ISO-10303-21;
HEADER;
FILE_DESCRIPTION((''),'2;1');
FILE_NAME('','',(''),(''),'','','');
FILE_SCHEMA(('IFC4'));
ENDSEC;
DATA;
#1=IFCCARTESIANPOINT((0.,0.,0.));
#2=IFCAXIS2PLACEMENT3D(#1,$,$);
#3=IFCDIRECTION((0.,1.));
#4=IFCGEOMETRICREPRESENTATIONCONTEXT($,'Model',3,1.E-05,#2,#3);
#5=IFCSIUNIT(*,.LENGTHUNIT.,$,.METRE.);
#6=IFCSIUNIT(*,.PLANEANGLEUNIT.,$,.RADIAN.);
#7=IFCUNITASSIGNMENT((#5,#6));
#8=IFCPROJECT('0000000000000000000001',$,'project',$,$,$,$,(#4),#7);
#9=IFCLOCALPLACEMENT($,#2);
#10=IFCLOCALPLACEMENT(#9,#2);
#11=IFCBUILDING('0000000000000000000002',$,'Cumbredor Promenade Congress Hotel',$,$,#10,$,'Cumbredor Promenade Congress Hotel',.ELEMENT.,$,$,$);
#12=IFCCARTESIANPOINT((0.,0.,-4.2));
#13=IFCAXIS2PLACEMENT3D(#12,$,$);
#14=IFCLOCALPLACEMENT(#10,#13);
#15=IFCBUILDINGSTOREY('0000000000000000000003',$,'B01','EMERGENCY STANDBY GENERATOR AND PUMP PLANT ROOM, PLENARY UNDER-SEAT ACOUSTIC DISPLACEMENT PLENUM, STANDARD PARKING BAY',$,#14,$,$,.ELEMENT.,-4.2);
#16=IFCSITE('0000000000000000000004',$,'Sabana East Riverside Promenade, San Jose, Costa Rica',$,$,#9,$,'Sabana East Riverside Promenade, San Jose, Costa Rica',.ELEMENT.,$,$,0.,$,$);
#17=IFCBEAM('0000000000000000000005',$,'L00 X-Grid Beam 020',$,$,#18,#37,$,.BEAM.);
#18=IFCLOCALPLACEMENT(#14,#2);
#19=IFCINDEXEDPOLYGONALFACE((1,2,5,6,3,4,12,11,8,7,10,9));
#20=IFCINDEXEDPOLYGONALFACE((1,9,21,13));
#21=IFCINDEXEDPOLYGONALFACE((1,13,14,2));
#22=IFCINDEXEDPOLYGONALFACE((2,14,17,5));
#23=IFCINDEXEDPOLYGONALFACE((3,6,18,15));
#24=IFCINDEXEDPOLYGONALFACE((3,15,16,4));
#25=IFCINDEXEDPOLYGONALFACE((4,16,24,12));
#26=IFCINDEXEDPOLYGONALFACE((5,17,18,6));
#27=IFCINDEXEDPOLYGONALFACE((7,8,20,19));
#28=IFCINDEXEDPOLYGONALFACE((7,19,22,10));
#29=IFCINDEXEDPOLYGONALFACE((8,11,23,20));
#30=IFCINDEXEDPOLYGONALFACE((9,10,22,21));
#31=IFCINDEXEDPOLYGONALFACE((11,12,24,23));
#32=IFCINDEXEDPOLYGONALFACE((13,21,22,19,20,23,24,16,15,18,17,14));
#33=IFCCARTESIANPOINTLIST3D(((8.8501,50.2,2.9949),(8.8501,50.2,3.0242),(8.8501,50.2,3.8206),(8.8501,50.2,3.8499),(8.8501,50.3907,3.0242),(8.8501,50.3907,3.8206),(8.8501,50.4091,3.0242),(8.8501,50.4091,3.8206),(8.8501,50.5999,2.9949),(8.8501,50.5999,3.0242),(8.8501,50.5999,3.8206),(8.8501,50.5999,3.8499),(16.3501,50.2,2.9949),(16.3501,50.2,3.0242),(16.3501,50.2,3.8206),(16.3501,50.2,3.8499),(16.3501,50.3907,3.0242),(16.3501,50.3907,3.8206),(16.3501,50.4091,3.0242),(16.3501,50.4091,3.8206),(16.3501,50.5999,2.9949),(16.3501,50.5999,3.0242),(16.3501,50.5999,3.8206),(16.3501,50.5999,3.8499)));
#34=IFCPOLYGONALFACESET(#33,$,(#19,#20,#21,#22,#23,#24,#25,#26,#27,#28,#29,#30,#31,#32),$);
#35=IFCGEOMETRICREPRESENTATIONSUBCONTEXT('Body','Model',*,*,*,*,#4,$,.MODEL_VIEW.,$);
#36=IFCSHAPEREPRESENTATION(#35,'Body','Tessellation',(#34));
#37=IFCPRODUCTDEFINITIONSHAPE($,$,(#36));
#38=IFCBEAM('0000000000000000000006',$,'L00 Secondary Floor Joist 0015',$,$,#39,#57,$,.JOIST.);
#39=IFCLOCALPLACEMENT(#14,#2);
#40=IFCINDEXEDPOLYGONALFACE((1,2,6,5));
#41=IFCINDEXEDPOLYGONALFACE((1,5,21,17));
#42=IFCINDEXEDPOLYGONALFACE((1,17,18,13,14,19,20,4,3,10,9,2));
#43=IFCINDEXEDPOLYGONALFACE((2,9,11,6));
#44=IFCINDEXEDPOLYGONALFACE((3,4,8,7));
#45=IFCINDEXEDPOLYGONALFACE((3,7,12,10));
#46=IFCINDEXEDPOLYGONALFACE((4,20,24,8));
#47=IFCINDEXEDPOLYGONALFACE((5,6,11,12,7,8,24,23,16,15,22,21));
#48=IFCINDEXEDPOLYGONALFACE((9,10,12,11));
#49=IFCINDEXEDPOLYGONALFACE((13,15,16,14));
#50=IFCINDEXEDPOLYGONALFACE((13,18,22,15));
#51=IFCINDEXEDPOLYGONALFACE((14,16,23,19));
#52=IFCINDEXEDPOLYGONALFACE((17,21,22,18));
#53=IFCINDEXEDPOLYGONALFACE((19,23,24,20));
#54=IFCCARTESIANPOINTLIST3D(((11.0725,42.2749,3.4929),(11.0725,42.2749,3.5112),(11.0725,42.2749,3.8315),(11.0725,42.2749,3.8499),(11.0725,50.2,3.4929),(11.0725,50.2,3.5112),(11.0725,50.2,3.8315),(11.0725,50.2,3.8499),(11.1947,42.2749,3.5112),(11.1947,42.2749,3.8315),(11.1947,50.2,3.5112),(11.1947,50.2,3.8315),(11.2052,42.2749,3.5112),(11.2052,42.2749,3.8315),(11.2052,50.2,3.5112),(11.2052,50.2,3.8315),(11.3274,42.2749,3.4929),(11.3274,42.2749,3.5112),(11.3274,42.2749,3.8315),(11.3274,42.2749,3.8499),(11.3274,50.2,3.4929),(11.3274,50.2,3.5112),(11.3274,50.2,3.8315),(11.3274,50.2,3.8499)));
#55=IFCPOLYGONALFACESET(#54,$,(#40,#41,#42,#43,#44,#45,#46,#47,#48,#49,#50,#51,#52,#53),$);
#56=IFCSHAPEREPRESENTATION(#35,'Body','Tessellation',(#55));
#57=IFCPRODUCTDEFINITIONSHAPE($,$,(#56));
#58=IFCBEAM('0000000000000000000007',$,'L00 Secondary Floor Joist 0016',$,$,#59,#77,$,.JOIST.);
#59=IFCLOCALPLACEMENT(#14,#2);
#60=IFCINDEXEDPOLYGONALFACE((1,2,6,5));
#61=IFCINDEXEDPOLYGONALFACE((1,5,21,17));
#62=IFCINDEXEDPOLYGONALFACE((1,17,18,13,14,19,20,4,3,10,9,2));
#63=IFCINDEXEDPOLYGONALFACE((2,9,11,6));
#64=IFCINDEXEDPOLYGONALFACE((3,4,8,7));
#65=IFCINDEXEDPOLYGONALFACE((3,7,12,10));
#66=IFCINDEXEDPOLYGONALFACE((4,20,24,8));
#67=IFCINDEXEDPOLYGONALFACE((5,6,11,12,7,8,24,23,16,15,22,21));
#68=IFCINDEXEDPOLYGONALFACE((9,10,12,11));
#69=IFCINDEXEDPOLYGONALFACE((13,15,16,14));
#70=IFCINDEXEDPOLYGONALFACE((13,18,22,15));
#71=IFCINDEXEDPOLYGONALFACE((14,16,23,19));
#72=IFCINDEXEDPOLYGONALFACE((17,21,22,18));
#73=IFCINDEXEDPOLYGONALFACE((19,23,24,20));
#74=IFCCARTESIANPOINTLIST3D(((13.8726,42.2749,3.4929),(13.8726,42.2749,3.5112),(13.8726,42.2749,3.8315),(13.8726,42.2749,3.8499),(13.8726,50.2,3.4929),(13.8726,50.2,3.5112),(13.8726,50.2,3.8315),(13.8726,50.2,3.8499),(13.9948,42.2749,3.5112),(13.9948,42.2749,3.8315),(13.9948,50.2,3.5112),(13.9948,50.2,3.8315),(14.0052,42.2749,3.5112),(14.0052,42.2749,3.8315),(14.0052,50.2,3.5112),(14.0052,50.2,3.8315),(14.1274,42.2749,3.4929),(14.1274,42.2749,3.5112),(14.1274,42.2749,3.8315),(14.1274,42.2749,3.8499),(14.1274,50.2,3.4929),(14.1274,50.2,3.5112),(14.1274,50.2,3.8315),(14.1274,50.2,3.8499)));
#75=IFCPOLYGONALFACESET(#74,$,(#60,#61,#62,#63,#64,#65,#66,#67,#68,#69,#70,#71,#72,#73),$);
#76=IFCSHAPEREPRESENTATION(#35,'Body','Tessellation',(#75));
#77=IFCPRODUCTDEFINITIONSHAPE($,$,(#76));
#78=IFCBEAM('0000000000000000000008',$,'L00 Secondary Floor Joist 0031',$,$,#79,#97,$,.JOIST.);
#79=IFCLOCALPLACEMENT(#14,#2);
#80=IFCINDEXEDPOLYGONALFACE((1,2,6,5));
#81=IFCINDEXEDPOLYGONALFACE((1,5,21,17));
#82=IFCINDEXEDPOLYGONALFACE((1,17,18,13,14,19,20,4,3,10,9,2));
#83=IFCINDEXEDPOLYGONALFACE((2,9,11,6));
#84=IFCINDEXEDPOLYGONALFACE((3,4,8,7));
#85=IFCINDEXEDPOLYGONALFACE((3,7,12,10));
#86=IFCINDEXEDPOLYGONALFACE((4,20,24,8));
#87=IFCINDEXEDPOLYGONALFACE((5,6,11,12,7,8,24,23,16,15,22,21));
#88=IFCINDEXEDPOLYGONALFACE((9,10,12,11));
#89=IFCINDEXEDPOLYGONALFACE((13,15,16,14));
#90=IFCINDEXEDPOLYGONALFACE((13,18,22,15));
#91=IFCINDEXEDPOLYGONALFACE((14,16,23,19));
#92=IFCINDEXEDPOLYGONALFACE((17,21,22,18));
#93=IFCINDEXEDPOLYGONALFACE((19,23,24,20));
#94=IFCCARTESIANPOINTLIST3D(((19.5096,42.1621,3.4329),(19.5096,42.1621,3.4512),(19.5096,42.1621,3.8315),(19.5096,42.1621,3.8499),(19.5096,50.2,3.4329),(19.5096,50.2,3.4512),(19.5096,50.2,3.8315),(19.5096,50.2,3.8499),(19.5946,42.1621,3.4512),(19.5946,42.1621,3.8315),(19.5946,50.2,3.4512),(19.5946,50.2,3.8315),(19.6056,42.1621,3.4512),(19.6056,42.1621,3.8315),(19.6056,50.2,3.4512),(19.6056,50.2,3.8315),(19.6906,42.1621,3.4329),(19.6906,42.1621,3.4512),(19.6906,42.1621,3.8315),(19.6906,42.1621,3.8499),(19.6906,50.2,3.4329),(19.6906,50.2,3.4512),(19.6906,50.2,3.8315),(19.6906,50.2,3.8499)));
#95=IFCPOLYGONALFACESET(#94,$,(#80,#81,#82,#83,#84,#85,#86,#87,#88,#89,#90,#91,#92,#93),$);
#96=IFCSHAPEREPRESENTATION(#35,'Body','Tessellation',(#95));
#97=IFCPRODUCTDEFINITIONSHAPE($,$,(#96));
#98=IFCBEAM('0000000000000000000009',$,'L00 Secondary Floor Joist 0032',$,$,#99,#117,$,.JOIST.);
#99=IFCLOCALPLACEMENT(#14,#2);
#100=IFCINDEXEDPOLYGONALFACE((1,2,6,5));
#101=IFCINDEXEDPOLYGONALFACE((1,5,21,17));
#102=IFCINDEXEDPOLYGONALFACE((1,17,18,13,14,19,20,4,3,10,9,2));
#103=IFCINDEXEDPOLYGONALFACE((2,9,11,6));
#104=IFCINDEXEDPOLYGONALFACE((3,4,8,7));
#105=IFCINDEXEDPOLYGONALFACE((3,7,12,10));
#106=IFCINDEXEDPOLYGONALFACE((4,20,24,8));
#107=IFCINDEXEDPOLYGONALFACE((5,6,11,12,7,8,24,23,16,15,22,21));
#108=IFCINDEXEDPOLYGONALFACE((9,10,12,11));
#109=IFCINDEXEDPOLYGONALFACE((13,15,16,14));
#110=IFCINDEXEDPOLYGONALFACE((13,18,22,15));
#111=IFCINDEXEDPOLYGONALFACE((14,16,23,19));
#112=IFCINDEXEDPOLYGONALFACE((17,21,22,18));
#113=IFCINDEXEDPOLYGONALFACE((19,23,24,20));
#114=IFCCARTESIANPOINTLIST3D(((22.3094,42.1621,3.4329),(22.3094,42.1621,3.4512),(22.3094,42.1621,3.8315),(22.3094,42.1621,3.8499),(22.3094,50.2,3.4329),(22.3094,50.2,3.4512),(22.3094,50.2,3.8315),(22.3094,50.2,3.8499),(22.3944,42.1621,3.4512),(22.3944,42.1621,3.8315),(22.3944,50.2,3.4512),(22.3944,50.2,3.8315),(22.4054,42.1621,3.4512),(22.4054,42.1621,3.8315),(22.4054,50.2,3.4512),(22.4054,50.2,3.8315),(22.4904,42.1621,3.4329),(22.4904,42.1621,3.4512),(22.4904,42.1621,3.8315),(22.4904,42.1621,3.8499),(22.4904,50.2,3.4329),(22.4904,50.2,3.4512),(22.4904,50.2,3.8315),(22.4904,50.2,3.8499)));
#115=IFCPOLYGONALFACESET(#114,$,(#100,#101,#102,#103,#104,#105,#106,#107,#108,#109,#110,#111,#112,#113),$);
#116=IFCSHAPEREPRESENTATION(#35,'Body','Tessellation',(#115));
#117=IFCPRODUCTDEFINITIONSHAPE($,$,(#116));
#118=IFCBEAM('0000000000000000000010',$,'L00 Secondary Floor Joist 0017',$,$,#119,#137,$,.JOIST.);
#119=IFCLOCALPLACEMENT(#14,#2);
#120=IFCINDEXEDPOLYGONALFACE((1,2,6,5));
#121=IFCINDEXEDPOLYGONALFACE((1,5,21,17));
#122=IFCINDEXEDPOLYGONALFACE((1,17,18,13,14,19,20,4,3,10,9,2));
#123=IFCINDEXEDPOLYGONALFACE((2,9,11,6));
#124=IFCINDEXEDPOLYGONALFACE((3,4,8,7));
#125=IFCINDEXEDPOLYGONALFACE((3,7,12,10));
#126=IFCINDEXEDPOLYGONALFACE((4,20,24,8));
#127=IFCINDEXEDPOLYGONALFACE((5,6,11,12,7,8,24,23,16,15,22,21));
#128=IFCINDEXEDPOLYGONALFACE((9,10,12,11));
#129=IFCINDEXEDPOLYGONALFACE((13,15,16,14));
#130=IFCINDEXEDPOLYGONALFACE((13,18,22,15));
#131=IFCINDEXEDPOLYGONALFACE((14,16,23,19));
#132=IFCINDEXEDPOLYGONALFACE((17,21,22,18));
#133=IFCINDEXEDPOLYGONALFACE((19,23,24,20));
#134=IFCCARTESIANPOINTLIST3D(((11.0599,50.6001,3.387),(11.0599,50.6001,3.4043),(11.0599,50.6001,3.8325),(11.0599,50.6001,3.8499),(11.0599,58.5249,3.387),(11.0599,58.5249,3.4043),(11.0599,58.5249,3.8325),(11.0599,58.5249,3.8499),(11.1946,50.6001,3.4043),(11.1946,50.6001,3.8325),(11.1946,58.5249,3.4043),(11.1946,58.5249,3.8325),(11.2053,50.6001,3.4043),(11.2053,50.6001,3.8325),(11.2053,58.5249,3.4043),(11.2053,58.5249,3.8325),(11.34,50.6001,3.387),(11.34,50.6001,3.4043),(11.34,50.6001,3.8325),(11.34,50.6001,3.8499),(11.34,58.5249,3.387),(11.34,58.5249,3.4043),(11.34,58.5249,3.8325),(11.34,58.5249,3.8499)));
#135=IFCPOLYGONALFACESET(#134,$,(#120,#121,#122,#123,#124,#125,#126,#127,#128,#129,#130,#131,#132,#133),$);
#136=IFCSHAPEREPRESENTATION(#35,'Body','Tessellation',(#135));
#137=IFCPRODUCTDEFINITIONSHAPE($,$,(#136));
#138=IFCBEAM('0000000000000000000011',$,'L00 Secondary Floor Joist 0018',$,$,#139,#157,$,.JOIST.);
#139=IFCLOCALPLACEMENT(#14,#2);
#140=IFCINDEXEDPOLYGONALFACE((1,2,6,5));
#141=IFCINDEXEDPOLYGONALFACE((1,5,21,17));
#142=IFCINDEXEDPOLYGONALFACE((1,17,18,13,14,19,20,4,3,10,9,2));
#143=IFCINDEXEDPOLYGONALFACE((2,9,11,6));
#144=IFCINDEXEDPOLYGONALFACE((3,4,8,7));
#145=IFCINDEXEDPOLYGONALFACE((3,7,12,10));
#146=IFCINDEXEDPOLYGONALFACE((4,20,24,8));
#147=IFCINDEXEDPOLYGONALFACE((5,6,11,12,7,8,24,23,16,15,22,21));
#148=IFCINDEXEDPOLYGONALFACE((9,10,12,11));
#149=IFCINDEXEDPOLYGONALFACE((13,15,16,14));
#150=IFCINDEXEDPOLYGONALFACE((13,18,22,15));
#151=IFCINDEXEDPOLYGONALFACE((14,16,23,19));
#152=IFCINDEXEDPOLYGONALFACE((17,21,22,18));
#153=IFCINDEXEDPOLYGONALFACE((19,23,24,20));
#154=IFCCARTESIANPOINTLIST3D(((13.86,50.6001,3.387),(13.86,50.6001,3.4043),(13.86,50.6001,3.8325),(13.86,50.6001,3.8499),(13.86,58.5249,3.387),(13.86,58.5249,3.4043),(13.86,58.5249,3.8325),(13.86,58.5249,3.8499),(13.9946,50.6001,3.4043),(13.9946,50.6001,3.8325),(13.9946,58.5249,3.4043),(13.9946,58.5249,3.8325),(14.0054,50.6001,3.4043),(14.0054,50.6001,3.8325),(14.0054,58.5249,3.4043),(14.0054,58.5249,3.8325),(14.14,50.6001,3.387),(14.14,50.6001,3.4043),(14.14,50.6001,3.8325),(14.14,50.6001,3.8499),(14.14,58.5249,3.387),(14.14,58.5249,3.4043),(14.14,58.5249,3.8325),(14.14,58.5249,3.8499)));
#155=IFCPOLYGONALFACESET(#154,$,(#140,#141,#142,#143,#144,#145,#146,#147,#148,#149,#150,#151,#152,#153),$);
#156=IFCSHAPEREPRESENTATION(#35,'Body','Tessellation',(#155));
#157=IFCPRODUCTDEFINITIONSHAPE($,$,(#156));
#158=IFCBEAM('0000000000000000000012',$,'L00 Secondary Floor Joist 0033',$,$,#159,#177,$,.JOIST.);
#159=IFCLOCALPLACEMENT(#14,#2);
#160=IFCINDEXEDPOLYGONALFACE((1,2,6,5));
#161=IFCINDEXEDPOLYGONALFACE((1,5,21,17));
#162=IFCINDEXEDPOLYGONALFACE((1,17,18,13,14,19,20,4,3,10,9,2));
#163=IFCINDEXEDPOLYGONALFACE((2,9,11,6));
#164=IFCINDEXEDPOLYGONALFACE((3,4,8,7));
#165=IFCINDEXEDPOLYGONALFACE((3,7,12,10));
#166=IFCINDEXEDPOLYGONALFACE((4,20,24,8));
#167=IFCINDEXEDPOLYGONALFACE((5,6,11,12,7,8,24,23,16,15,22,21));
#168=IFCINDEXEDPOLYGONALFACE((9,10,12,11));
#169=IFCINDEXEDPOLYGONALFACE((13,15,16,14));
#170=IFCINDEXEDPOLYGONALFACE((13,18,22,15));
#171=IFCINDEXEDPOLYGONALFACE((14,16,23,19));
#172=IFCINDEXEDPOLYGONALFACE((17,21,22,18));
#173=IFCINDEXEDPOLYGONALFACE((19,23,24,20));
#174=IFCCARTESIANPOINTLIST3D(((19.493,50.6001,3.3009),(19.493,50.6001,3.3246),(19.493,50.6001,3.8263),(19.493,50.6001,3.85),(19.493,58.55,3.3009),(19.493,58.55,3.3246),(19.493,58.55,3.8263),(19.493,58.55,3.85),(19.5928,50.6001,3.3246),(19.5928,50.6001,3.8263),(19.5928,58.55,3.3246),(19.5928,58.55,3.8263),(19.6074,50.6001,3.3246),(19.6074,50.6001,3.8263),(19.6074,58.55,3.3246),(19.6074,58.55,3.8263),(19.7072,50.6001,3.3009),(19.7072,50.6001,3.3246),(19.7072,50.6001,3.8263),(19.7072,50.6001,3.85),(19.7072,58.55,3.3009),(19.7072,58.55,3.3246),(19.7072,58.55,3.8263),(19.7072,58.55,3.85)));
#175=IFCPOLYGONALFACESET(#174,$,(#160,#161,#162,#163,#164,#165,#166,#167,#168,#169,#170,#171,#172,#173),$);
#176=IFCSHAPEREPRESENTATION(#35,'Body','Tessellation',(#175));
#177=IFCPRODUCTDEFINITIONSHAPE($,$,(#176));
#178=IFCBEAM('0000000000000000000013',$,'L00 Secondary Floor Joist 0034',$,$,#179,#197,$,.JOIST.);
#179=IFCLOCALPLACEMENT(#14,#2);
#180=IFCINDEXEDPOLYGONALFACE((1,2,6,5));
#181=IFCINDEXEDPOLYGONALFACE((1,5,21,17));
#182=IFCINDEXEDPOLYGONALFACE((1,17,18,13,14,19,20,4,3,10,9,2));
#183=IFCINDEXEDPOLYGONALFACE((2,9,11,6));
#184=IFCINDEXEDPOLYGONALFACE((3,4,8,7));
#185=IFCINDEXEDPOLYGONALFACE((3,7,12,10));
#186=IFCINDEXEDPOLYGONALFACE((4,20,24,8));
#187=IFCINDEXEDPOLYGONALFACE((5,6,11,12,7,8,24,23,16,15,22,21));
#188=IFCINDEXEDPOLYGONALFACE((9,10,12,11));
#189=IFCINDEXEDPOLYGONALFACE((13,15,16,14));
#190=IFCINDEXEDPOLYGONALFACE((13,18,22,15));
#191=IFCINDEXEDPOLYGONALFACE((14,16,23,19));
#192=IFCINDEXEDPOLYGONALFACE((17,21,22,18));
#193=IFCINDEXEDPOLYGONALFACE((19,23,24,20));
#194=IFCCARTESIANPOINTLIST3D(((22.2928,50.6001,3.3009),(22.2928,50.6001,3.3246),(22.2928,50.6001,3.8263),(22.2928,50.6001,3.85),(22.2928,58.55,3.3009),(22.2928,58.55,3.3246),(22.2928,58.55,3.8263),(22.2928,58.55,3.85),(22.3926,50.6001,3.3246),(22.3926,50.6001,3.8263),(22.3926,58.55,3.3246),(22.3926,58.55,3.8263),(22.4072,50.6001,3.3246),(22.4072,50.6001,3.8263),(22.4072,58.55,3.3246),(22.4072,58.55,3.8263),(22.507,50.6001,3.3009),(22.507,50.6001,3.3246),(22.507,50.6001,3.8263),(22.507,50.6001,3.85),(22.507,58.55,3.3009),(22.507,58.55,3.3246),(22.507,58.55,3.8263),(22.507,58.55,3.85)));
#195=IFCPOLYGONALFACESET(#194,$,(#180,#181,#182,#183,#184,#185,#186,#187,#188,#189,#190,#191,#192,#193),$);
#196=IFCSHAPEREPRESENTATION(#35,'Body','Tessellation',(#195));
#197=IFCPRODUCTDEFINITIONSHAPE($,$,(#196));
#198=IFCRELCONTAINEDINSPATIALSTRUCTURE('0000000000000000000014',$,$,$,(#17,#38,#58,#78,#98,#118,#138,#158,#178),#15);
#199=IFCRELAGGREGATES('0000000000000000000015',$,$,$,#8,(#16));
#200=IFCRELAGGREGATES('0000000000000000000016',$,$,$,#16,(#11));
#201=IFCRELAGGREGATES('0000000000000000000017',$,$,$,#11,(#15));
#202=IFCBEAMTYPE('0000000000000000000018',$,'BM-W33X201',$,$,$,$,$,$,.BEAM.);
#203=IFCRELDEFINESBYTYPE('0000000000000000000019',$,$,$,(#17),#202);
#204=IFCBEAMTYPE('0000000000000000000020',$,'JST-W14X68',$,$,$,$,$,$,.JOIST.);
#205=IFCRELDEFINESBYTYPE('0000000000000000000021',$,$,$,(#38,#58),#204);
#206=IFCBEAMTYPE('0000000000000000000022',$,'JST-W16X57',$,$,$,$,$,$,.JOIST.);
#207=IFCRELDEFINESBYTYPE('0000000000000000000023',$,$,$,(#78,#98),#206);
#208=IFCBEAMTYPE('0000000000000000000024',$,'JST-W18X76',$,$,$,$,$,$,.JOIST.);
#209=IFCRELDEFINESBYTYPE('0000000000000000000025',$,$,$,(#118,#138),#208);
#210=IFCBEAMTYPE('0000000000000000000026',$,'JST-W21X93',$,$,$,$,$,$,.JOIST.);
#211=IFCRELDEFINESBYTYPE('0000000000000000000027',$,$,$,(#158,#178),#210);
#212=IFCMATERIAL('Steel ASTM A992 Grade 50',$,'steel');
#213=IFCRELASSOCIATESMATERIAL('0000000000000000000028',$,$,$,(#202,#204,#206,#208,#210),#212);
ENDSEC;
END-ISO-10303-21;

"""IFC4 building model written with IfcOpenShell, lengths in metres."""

from ifc_helpers import new_model, si_unit, direction, frame, origin, origin_2d, place, context, subcontext, project, spatial, i_section, extrude, material, material_profile, profile_set, type_object, element, save


model = new_model("IFC4")

# Units and contexts
model_context = context("Model", 3, precision=1e-05, world=origin(), true_north=direction((0.0, 1.0)))
body_context = subcontext(model_context, "Body", "Model", "MODEL_VIEW")
ifc_project = project(units=[si_unit("LENGTHUNIT", "METRE"), si_unit("PLANEANGLEUNIT", "RADIAN")], contexts=[model_context])

# Site, building, storey
site_placement = place(None, origin())
site = spatial("IfcSite", under=ifc_project, at=site_placement, Name="Sabana East Riverside Promenade, San Jose, Costa Rica", LongName="Sabana East Riverside Promenade, San Jose, Costa Rica", CompositionType="ELEMENT", RefElevation=0.0)
building_placement = place(site_placement, origin())
building = spatial("IfcBuilding", under=site, at=building_placement, Name="Cumbredor Promenade Congress Hotel", LongName="Cumbredor Promenade Congress Hotel", CompositionType="ELEMENT")
storey_placement = place(building_placement, frame((0.0, 0.0, -4.2)))
storey = spatial("IfcBuildingStorey", under=building, at=storey_placement, Name="B01", Description="EMERGENCY STANDBY GENERATOR AND PUMP PLANT ROOM, PLENARY UNDER-SEAT ACOUSTIC DISPLACEMENT PLENUM, STANDARD PARKING BAY", CompositionType="ELEMENT", Elevation=-4.2)

# Beams
ifc_material_1 = material(Name="Steel ASTM A992 Grade 50", Category="steel")
ifc_material_profile_1 = material_profile(ifc_material_1, i_section(OverallWidth=0.3999, OverallDepth=0.855, WebThickness=0.0183, FlangeThickness=0.0293, at=origin_2d()), Name="W33X201")
ifc_profile_set_1 = profile_set([ifc_material_profile_1], Name="Steel ASTM A992 Grade 50")
beam_type_1 = type_object("IfcBeamType", Name="BM-W33X201", PredefinedType="BEAM", material=ifc_profile_set_1)
beam_1_placement = place(storey_placement, frame((8.8501, 50.3999, 3.4224), z_axis=(1.0, 0.0, 0.0), x_axis=(0.0, 1.0, 0.0)))
element("IfcBeam", 1, at=beam_1_placement, inside=storey, type_object=beam_type_1, Name="L00 X-Grid Beam 020", PredefinedType="BEAM", context=body_context, shape_type="SweptSolid", body=[
    extrude(i_section(OverallWidth=0.3999, OverallDepth=0.855, WebThickness=0.0183, FlangeThickness=0.0293, at=origin_2d()), origin(), (0.0, 0.0, 1.0), 7.5),
])
ifc_material_profile_2 = material_profile(ifc_material_1, i_section(OverallWidth=0.2549, OverallDepth=0.3569, WebThickness=0.0105, FlangeThickness=0.0183, at=origin_2d()), Name="W14X68")
ifc_profile_set_2 = profile_set([ifc_material_profile_2], Name="Steel ASTM A992 Grade 50")
beam_type_2 = type_object("IfcBeamType", Name="JST-W14X68", PredefinedType="JOIST", material=ifc_profile_set_2)
for number, where, z_axis, x_axis, name in (
    (2, (11.2, 42.2749, 3.6714), (0.0, 1.0, 0.0), (-1.0, 0.0, 0.0), "L00 Secondary Floor Joist 0015"),
    (3, (14.0, 42.2749, 3.6714), (0.0, 1.0, 0.0), (-1.0, 0.0, 0.0), "L00 Secondary Floor Joist 0016"),
):
    element("IfcBeam", number, at=place(storey_placement, frame(where, z_axis=z_axis, x_axis=x_axis)), inside=storey, type_object=beam_type_2, Name=name, PredefinedType="JOIST", context=body_context, shape_type="SweptSolid", body=[
        extrude(i_section(OverallWidth=0.2549, OverallDepth=0.3569, WebThickness=0.0105, FlangeThickness=0.0183, at=origin_2d()), origin(), (0.0, 0.0, 1.0), 7.925),
    ])
ifc_material_profile_3 = material_profile(ifc_material_1, i_section(OverallWidth=0.1809, OverallDepth=0.417, WebThickness=0.011, FlangeThickness=0.0183, at=origin_2d()), Name="W16X57")
ifc_profile_set_3 = profile_set([ifc_material_profile_3], Name="Steel ASTM A992 Grade 50")
beam_type_3 = type_object("IfcBeamType", Name="JST-W16X57", PredefinedType="JOIST", material=ifc_profile_set_3)
for number, where, z_axis, x_axis, name in (
    (4, (19.6001, 42.1621, 3.6414), (0.0, 1.0, 0.0), (-1.0, 0.0, 0.0), "L00 Secondary Floor Joist 0031"),
    (5, (22.3999, 42.1621, 3.6414), (0.0, 1.0, 0.0), (-1.0, 0.0, 0.0), "L00 Secondary Floor Joist 0032"),
):
    element("IfcBeam", number, at=place(storey_placement, frame(where, z_axis=z_axis, x_axis=x_axis)), inside=storey, type_object=beam_type_3, Name=name, PredefinedType="JOIST", context=body_context, shape_type="SweptSolid", body=[
        extrude(i_section(OverallWidth=0.1809, OverallDepth=0.417, WebThickness=0.011, FlangeThickness=0.0183, at=origin_2d()), origin(), (0.0, 0.0, 1.0), 8.0378),
    ])
ifc_material_profile_4 = material_profile(ifc_material_1, i_section(OverallWidth=0.28, OverallDepth=0.4629, WebThickness=0.0107, FlangeThickness=0.0173, at=origin_2d()), Name="W18X76")
ifc_profile_set_4 = profile_set([ifc_material_profile_4], Name="Steel ASTM A992 Grade 50")
beam_type_4 = type_object("IfcBeamType", Name="JST-W18X76", PredefinedType="JOIST", material=ifc_profile_set_4)
for number, where, z_axis, x_axis, name in (
    (6, (11.2, 50.6001, 3.6184), (0.0, 1.0, 0.0), (-1.0, 0.0, 0.0), "L00 Secondary Floor Joist 0017"),
    (7, (14.0, 50.6001, 3.6184), (0.0, 1.0, 0.0), (-1.0, 0.0, 0.0), "L00 Secondary Floor Joist 0018"),
):
    element("IfcBeam", number, at=place(storey_placement, frame(where, z_axis=z_axis, x_axis=x_axis)), inside=storey, type_object=beam_type_4, Name=name, PredefinedType="JOIST", context=body_context, shape_type="SweptSolid", body=[
        extrude(i_section(OverallWidth=0.28, OverallDepth=0.4629, WebThickness=0.0107, FlangeThickness=0.0173, at=origin_2d()), origin(), (0.0, 0.0, 1.0), 7.9248),
    ])
ifc_material_profile_5 = material_profile(ifc_material_1, i_section(OverallWidth=0.2141, OverallDepth=0.5491, WebThickness=0.0146, FlangeThickness=0.0237, at=origin_2d()), Name="W21X93")
ifc_profile_set_5 = profile_set([ifc_material_profile_5], Name="Steel ASTM A992 Grade 50")
beam_type_5 = type_object("IfcBeamType", Name="JST-W21X93", PredefinedType="JOIST", material=ifc_profile_set_5)
for number, where, z_axis, x_axis, name in (
    (8, (19.6001, 50.6001, 3.5754), (0.0, 1.0, 0.0), (-1.0, 0.0, 0.0), "L00 Secondary Floor Joist 0033"),
    (9, (22.3999, 50.6001, 3.5754), (0.0, 1.0, 0.0), (-1.0, 0.0, 0.0), "L00 Secondary Floor Joist 0034"),
):
    element("IfcBeam", number, at=place(storey_placement, frame(where, z_axis=z_axis, x_axis=x_axis)), inside=storey, type_object=beam_type_5, Name=name, PredefinedType="JOIST", context=body_context, shape_type="SweptSolid", body=[
        extrude(i_section(OverallWidth=0.2141, OverallDepth=0.5491, WebThickness=0.0146, FlangeThickness=0.0237, at=origin_2d()), origin(), (0.0, 0.0, 1.0), 7.95),
    ])

save(model, "model.ifc")
